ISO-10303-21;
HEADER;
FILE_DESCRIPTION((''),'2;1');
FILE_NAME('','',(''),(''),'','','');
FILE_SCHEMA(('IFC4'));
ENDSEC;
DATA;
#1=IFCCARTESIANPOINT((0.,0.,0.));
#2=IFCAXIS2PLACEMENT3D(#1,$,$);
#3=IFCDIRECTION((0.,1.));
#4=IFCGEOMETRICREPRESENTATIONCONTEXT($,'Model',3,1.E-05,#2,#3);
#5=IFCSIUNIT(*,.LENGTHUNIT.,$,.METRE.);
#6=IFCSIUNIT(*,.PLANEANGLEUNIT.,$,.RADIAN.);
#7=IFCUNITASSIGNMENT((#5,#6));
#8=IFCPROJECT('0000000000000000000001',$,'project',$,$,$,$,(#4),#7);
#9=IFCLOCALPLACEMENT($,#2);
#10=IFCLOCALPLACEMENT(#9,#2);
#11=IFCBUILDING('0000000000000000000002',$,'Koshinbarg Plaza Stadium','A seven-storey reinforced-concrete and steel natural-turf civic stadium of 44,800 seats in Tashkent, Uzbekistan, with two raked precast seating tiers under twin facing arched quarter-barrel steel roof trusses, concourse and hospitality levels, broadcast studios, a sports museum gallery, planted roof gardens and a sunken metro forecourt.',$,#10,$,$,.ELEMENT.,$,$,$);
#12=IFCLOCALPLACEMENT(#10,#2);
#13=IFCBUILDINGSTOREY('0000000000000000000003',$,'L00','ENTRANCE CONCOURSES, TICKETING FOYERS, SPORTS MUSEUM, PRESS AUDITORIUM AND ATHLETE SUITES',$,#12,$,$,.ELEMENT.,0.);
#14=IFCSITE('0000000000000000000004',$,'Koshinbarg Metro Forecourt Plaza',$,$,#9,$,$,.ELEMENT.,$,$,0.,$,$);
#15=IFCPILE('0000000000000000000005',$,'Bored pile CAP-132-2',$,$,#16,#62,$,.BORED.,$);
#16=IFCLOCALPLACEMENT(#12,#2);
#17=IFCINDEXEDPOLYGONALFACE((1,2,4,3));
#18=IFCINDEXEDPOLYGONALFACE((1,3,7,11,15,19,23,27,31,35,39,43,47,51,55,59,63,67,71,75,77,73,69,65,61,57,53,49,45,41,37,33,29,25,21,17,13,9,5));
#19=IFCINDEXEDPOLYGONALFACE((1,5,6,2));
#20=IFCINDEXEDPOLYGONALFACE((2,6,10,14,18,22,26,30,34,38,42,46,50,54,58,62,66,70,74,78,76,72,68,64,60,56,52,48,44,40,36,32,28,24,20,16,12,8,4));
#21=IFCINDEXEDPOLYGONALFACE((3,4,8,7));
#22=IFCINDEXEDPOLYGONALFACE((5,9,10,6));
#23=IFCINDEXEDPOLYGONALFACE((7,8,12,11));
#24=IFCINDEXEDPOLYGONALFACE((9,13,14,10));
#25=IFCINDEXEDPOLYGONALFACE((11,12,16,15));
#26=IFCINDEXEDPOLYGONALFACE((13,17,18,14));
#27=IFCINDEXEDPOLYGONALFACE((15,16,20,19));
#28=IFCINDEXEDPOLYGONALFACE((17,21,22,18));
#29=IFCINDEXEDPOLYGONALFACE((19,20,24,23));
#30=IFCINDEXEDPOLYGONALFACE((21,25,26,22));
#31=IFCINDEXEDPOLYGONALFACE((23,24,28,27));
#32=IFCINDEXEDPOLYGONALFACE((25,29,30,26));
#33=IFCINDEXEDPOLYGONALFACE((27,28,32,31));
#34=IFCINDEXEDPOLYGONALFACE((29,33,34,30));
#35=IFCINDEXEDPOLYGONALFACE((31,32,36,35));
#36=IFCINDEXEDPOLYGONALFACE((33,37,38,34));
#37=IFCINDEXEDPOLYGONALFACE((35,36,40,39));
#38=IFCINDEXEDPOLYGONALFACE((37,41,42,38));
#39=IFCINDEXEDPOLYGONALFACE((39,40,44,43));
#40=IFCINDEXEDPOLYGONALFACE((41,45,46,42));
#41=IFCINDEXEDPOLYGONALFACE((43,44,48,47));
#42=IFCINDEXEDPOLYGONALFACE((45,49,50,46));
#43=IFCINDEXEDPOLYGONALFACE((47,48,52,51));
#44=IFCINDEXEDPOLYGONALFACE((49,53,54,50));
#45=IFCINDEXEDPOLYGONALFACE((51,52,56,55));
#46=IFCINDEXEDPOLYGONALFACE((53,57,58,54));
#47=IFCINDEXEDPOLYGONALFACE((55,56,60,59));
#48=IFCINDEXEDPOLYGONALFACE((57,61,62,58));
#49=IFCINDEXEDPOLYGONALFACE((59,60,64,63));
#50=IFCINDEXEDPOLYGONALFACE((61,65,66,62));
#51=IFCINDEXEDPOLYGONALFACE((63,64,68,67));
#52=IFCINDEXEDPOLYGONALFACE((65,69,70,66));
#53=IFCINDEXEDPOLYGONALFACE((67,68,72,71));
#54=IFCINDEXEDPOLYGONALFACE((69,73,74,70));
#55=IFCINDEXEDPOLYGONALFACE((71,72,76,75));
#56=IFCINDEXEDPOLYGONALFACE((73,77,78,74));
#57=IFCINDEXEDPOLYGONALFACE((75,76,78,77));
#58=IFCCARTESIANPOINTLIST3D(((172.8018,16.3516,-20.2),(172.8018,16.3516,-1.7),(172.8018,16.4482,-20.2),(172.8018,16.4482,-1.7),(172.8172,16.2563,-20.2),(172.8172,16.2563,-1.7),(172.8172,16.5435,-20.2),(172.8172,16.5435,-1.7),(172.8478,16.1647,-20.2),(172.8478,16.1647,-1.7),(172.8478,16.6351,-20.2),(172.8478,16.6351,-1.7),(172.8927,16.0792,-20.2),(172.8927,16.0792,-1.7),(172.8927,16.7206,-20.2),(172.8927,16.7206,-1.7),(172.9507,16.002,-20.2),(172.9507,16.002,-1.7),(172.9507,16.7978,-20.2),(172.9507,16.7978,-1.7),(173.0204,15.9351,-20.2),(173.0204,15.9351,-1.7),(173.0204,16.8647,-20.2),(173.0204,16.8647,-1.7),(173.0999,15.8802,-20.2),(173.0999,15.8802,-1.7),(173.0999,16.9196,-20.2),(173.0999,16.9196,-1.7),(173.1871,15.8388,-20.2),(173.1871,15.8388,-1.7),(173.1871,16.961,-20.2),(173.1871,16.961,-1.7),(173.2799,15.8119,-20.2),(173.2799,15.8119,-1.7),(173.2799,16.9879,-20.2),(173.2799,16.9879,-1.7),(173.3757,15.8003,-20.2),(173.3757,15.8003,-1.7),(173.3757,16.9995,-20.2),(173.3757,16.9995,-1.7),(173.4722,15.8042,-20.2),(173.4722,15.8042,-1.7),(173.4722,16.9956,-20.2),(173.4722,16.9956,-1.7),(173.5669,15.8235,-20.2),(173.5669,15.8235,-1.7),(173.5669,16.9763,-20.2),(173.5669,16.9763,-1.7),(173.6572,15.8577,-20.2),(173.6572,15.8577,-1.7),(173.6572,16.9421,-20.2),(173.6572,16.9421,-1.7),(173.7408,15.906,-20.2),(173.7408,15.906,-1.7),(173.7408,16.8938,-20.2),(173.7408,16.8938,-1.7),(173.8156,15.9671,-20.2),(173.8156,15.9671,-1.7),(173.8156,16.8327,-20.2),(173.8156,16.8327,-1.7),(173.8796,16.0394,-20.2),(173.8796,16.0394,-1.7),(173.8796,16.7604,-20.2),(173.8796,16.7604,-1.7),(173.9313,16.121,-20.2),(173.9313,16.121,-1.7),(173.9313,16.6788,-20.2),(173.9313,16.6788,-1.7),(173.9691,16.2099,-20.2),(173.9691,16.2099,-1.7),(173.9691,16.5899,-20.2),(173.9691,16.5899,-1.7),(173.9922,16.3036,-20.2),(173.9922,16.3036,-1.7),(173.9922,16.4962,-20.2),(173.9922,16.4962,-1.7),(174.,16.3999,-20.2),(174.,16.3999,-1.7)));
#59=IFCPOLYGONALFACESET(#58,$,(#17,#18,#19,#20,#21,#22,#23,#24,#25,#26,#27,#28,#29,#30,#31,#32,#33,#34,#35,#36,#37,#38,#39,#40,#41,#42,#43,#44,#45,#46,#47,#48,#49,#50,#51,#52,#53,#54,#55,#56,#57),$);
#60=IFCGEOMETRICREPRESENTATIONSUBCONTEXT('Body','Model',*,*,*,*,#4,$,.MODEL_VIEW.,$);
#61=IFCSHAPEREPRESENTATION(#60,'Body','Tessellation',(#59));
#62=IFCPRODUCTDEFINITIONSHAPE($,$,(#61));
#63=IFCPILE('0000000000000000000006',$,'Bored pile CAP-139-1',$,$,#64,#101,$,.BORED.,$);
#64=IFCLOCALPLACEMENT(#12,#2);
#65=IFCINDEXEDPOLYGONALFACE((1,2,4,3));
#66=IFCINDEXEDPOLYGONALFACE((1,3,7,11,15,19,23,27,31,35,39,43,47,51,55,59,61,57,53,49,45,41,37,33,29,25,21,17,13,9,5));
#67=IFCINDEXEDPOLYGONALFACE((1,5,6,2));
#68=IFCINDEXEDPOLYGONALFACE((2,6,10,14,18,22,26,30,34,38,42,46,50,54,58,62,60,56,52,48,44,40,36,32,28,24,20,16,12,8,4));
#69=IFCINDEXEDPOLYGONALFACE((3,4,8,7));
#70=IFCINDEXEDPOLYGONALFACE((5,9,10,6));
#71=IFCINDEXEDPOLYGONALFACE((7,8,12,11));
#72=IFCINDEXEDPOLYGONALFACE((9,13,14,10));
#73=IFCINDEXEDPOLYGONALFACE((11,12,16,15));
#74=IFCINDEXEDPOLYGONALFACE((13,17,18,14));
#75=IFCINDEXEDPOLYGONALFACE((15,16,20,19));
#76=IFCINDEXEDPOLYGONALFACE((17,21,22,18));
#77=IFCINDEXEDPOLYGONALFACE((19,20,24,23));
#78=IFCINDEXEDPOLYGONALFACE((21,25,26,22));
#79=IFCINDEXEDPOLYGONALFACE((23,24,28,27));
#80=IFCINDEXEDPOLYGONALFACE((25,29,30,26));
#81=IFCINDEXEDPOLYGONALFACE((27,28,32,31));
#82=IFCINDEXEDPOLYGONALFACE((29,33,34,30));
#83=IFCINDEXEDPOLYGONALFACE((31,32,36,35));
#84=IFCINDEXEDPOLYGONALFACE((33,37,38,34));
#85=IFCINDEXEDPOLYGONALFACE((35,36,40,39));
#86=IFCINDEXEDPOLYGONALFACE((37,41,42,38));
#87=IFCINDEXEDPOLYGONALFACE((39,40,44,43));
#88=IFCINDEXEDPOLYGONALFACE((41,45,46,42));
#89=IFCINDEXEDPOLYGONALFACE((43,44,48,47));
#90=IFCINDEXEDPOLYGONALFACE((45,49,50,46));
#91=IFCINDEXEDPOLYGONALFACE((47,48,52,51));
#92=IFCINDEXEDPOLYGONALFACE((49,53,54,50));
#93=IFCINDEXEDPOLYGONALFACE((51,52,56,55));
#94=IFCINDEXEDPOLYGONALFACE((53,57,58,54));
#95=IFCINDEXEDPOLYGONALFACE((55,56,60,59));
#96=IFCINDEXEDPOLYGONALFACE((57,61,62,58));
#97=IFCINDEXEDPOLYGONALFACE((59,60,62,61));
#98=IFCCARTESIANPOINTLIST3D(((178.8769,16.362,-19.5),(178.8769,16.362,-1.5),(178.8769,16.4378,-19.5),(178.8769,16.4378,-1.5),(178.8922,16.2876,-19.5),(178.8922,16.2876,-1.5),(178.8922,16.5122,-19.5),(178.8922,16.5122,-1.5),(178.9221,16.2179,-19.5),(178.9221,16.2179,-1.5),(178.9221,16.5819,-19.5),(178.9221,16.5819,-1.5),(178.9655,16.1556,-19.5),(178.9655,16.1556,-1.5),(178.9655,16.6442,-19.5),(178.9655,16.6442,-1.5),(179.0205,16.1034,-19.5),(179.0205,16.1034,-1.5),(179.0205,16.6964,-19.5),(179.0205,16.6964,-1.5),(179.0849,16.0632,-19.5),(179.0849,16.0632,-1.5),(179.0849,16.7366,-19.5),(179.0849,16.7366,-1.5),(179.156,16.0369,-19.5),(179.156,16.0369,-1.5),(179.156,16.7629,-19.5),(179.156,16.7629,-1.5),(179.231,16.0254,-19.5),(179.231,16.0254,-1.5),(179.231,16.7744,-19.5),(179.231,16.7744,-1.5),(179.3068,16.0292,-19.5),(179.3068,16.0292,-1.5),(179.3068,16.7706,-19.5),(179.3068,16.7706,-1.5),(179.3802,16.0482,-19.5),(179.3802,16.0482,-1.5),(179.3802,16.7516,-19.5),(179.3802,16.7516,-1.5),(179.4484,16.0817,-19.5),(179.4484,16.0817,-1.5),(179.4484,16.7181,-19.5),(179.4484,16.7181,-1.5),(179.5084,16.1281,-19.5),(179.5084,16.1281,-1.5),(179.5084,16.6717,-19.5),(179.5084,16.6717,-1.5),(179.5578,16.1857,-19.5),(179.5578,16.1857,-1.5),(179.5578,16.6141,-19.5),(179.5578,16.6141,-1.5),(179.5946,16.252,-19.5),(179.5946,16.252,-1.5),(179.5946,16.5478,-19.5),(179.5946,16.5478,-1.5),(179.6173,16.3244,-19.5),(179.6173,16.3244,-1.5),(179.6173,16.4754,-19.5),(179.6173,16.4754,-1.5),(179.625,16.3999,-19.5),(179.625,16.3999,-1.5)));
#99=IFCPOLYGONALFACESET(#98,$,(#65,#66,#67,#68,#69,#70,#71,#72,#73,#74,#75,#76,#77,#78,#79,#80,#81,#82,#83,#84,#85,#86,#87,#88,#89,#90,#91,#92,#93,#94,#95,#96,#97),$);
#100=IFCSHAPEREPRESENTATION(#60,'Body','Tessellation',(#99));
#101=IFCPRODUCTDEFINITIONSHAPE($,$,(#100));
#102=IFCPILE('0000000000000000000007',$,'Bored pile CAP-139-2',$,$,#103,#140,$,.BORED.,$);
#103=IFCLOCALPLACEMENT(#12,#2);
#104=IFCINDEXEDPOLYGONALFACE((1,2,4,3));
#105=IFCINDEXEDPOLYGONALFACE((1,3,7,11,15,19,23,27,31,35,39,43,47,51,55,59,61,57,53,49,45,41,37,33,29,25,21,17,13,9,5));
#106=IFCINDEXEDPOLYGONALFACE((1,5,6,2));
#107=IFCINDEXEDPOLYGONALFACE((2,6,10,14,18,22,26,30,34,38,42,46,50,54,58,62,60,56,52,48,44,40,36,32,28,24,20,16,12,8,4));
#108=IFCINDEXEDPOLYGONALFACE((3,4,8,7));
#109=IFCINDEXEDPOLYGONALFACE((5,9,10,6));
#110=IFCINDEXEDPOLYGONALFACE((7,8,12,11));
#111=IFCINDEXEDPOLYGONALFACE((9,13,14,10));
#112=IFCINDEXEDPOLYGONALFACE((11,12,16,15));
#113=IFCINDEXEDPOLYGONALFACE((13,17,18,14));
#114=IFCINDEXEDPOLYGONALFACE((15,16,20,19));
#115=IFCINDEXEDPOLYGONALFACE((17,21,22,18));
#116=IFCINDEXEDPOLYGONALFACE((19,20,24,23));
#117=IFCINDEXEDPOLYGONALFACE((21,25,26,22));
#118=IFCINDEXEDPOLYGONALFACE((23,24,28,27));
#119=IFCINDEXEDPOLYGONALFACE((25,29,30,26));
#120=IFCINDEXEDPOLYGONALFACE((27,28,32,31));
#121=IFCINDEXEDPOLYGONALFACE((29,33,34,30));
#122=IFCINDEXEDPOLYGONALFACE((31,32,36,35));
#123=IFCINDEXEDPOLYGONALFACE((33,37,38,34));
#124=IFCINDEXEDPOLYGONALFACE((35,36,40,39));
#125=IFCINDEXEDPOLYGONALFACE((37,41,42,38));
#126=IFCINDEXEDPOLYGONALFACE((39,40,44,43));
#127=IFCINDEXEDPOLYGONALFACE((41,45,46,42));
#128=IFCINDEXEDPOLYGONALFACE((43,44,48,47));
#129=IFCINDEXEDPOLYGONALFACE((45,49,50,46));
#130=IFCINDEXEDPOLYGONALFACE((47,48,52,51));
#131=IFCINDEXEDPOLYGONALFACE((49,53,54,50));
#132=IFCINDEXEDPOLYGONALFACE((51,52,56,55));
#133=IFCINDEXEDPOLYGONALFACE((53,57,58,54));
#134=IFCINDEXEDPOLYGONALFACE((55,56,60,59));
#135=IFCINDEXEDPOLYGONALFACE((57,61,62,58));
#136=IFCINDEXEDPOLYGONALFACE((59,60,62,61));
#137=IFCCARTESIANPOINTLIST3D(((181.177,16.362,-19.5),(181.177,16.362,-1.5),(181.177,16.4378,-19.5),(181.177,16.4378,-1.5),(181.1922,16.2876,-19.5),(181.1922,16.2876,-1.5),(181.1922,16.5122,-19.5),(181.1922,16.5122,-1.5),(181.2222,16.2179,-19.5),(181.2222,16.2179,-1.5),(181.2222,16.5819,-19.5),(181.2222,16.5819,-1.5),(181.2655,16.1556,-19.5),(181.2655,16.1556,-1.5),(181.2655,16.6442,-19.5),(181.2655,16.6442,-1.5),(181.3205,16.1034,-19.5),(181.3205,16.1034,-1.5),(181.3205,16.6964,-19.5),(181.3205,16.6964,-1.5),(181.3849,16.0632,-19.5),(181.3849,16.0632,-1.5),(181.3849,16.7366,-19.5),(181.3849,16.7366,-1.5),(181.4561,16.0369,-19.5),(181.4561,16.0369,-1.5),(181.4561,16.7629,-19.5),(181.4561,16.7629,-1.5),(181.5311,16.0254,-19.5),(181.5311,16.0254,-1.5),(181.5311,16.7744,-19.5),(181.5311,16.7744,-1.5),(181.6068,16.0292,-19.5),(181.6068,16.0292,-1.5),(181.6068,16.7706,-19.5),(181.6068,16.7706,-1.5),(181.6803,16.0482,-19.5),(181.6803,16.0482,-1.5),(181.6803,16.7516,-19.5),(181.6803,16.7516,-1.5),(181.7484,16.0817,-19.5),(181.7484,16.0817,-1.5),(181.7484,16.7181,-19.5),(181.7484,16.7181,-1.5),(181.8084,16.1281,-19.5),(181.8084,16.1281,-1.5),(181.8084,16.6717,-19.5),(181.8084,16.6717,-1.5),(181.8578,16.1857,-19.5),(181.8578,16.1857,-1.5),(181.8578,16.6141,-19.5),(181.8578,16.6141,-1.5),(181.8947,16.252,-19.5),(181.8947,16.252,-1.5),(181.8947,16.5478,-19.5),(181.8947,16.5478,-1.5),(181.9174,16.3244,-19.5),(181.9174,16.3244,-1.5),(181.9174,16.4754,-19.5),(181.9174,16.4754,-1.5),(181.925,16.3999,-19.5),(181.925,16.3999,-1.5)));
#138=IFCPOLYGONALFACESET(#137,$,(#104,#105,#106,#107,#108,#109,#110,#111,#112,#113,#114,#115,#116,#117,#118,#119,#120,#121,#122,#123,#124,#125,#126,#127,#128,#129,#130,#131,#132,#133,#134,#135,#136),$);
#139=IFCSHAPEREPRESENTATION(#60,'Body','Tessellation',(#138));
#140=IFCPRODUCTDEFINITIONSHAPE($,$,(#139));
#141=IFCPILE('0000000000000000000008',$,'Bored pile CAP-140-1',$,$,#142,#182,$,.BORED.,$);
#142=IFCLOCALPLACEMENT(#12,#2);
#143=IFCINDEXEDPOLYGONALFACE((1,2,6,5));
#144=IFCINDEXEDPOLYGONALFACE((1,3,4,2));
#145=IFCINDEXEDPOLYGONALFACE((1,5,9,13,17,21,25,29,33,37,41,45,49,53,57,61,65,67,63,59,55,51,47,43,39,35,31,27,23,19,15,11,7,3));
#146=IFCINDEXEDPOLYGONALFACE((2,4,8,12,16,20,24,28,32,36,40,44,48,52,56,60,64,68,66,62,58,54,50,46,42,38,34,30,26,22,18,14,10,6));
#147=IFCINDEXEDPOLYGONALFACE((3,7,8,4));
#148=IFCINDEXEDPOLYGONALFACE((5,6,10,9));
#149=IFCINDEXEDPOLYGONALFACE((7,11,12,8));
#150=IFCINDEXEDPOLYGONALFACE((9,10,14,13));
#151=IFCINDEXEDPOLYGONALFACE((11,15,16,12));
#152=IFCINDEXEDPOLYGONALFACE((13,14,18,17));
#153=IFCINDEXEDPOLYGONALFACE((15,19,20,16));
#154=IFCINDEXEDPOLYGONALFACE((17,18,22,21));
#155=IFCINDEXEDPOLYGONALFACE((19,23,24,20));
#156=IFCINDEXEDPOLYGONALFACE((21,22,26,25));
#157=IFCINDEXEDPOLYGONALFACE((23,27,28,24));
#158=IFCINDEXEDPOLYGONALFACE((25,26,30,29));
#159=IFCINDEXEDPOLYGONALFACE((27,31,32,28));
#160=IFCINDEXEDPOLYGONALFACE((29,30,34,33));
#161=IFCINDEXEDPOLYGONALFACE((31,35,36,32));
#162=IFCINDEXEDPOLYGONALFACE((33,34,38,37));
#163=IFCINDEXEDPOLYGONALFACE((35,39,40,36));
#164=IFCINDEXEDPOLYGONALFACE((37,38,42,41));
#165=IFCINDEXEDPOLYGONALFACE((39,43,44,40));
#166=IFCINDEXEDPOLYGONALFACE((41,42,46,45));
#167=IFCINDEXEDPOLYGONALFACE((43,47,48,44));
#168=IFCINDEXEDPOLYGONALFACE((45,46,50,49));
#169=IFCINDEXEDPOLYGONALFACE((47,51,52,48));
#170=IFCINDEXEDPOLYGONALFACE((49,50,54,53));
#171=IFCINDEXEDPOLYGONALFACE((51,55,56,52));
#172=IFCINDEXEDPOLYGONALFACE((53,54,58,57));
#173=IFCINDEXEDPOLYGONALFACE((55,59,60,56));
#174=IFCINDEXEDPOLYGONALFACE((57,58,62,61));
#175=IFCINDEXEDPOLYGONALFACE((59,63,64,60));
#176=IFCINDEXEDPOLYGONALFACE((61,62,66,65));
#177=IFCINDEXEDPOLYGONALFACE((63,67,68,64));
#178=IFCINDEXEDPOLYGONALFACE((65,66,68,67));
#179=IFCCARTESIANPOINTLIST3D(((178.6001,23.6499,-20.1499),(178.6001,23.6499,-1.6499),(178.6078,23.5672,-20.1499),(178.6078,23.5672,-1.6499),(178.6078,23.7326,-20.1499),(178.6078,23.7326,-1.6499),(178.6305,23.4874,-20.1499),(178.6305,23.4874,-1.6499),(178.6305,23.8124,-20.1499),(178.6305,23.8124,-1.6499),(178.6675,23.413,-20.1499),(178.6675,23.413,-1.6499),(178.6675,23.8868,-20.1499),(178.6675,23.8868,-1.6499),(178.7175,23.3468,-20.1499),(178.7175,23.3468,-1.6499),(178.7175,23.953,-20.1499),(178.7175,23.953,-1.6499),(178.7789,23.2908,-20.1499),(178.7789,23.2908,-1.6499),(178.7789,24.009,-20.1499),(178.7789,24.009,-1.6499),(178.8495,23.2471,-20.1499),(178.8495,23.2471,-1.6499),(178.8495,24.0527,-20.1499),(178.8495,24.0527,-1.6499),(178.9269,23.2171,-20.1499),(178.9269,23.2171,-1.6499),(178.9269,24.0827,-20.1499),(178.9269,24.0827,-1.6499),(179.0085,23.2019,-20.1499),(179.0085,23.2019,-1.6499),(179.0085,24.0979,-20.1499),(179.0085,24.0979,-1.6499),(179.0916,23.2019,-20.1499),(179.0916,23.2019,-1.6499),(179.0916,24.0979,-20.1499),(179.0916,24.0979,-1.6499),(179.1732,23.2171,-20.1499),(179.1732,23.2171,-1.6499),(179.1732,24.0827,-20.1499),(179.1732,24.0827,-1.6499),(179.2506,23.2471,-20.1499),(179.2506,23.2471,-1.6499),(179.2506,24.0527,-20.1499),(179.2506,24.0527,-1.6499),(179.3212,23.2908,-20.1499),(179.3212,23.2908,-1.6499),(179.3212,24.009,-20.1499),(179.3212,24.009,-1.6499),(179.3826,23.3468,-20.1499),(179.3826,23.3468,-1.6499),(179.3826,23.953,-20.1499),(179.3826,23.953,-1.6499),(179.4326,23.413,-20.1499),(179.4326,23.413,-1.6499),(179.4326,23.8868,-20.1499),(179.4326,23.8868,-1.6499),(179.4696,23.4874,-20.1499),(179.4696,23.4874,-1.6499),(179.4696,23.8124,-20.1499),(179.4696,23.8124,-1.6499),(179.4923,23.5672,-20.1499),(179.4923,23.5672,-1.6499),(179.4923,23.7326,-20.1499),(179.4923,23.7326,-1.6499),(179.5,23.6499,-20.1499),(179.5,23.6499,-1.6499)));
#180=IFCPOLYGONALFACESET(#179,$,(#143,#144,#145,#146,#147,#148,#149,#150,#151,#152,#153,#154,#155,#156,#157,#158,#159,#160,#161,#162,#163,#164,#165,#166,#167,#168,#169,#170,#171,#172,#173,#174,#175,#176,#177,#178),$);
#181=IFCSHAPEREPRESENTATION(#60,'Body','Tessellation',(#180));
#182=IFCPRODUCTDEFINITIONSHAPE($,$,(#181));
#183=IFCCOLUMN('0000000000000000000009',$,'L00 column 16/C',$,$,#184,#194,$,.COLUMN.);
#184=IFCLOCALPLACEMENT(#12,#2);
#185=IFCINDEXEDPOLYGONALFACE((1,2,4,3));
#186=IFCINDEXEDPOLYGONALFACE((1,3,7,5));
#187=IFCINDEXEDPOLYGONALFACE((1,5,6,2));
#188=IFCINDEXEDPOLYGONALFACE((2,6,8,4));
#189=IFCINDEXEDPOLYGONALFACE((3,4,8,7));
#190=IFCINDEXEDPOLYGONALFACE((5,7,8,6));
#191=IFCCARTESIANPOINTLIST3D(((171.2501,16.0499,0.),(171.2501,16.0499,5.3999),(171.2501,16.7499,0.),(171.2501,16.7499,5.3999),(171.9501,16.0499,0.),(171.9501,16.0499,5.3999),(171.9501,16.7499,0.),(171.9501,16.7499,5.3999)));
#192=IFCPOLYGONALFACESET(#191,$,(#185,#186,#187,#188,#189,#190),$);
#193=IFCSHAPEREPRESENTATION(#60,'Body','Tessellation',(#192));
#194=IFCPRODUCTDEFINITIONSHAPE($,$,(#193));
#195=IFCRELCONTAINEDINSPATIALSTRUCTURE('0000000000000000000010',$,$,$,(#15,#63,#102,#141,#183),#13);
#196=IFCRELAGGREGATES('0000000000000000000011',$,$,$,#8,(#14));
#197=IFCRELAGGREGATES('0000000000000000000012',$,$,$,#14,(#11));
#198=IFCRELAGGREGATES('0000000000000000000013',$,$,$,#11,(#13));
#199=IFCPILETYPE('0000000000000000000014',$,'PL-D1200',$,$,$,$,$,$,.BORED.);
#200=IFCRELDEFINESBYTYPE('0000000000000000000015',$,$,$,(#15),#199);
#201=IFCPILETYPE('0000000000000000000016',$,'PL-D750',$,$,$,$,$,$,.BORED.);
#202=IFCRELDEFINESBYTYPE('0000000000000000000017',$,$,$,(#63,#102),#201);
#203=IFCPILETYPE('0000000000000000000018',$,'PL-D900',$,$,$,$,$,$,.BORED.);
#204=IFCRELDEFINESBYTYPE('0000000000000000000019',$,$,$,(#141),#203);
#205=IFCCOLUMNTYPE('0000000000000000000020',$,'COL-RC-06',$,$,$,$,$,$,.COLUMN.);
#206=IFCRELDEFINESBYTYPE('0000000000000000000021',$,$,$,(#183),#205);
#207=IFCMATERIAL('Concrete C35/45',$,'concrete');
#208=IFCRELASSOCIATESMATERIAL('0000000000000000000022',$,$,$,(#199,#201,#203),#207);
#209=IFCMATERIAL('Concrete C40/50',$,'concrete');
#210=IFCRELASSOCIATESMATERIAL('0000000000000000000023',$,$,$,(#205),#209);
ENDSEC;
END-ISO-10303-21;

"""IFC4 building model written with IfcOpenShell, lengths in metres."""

from ifc_helpers import new_model, si_unit, direction, frame, origin, origin_2d, place, context, subcontext, project, spatial, rectangle, circle, extrude, material, material_profile, profile_set, type_object, element, save


model = new_model("IFC4")

# Units and contexts
model_context = context("Model", 3, precision=1e-05, world=origin(), true_north=direction((0.0, 1.0)))
body_context = subcontext(model_context, "Body", "Model", "MODEL_VIEW")
ifc_project = project(units=[si_unit("LENGTHUNIT", "METRE"), si_unit("PLANEANGLEUNIT", "RADIAN")], contexts=[model_context])

# Site, building, storey
site_placement = place(None, origin())
site = spatial("IfcSite", under=ifc_project, at=site_placement, Name="Koshinbarg Metro Forecourt Plaza", CompositionType="ELEMENT", RefElevation=0.0)
building_placement = place(site_placement, origin())
building = spatial("IfcBuilding", under=site, at=building_placement, Name="Koshinbarg Plaza Stadium", Description="A seven-storey reinforced-concrete and steel natural-turf civic stadium of 44,800 seats in Tashkent, Uzbekistan, with two raked precast seating tiers under twin facing arched quarter-barrel steel roof trusses, concourse and hospitality levels, broadcast studios, a sports museum gallery, planted roof gardens and a sunken metro forecourt.", CompositionType="ELEMENT")
storey_placement = place(building_placement, origin())
storey = spatial("IfcBuildingStorey", under=building, at=storey_placement, Name="L00", Description="ENTRANCE CONCOURSES, TICKETING FOYERS, SPORTS MUSEUM, PRESS AUDITORIUM AND ATHLETE SUITES", CompositionType="ELEMENT", Elevation=0.0)

# Shared definitions
ifc_material_1 = material(Name="Concrete C35/45", Category="concrete")

# Piles
ifc_material_profile_1 = material_profile(ifc_material_1, circle(Radius=0.6001, at=origin_2d()), Name="PILE D1200")
ifc_profile_set_1 = profile_set([ifc_material_profile_1], Name="Concrete C35/45")
pile_type_1 = type_object("IfcPileType", Name="PL-D1200", PredefinedType="BORED", material=ifc_profile_set_1)
for number, where, z_axis, x_axis, name in (
    (1, (173.3999, 16.3999, -1.7), (0.0, 0.0, -1.0), (1.0, 0.0, 0.0), "Bored pile CAP-132-2"),
):
    element("IfcPile", number, at=place(storey_placement, frame(where, z_axis=z_axis, x_axis=x_axis)), inside=storey, type_object=pile_type_1, Name=name, PredefinedType="BORED", context=body_context, shape_type="SweptSolid", body=[
        extrude(circle(Radius=0.6001, at=origin_2d()), origin(), (0.0, 0.0, 1.0), 18.5),
    ])
ifc_material_profile_2 = material_profile(ifc_material_1, circle(Radius=0.375, at=origin_2d()), Name="PILE D750")
ifc_profile_set_2 = profile_set([ifc_material_profile_2], Name="Concrete C35/45")
pile_type_2 = type_object("IfcPileType", Name="PL-D750", PredefinedType="BORED", material=ifc_profile_set_2)
for number, where, z_axis, x_axis, name in (
    (2, (179.25, 16.3999, -1.5), (0.0, 0.0, -1.0), (1.0, 0.0, 0.0), "Bored pile CAP-139-1"),
    (3, (181.55, 16.3999, -1.5), (0.0, 0.0, -1.0), (1.0, 0.0, 0.0), "Bored pile CAP-139-2"),
):
    element("IfcPile", number, at=place(storey_placement, frame(where, z_axis=z_axis, x_axis=x_axis)), inside=storey, type_object=pile_type_2, Name=name, PredefinedType="BORED", context=body_context, shape_type="SweptSolid", body=[
        extrude(circle(Radius=0.375, at=origin_2d()), origin(), (0.0, 0.0, 1.0), 18.0),
    ])
ifc_material_profile_3 = material_profile(ifc_material_1, circle(Radius=0.45, at=origin_2d()), Name="PILE D900")
ifc_profile_set_3 = profile_set([ifc_material_profile_3], Name="Concrete C35/45")
pile_type_3 = type_object("IfcPileType", Name="PL-D900", PredefinedType="BORED", material=ifc_profile_set_3)
pile_placement = place(storey_placement, frame((179.05, 23.6499, -1.6499), z_axis=(0.0, 0.0, -1.0), x_axis=(1.0, 0.0, 0.0)))
element("IfcPile", 4, at=pile_placement, inside=storey, type_object=pile_type_3, Name="Bored pile CAP-140-1", PredefinedType="BORED", context=body_context, shape_type="SweptSolid", body=[
    extrude(circle(Radius=0.45, at=origin_2d()), origin(), (0.0, 0.0, 1.0), 18.5),
])

# Column
ifc_material_2 = material(Name="Concrete C40/50", Category="concrete")
ifc_material_profile_4 = material_profile(ifc_material_2, rectangle(XDim=0.7, YDim=0.7, at=origin_2d()), Name="RC 700x700")
ifc_profile_set_4 = profile_set([ifc_material_profile_4], Name="Concrete C40/50")
column_type_1 = type_object("IfcColumnType", Name="COL-RC-06", PredefinedType="COLUMN", material=ifc_profile_set_4)
column_1_placement = place(storey_placement, frame((171.6001, 16.3999, 0.0), z_axis=(0.0, 0.0, 1.0), x_axis=(1.0, 0.0, 0.0)))
element("IfcColumn", 5, at=column_1_placement, inside=storey, type_object=column_type_1, Name="L00 column 16/C", PredefinedType="COLUMN", context=body_context, shape_type="SweptSolid", body=[
    extrude(rectangle(XDim=0.7, YDim=0.7, at=origin_2d()), origin(), (0.0, 0.0, 1.0), 5.3999),
])

save(model, "model.ifc")
